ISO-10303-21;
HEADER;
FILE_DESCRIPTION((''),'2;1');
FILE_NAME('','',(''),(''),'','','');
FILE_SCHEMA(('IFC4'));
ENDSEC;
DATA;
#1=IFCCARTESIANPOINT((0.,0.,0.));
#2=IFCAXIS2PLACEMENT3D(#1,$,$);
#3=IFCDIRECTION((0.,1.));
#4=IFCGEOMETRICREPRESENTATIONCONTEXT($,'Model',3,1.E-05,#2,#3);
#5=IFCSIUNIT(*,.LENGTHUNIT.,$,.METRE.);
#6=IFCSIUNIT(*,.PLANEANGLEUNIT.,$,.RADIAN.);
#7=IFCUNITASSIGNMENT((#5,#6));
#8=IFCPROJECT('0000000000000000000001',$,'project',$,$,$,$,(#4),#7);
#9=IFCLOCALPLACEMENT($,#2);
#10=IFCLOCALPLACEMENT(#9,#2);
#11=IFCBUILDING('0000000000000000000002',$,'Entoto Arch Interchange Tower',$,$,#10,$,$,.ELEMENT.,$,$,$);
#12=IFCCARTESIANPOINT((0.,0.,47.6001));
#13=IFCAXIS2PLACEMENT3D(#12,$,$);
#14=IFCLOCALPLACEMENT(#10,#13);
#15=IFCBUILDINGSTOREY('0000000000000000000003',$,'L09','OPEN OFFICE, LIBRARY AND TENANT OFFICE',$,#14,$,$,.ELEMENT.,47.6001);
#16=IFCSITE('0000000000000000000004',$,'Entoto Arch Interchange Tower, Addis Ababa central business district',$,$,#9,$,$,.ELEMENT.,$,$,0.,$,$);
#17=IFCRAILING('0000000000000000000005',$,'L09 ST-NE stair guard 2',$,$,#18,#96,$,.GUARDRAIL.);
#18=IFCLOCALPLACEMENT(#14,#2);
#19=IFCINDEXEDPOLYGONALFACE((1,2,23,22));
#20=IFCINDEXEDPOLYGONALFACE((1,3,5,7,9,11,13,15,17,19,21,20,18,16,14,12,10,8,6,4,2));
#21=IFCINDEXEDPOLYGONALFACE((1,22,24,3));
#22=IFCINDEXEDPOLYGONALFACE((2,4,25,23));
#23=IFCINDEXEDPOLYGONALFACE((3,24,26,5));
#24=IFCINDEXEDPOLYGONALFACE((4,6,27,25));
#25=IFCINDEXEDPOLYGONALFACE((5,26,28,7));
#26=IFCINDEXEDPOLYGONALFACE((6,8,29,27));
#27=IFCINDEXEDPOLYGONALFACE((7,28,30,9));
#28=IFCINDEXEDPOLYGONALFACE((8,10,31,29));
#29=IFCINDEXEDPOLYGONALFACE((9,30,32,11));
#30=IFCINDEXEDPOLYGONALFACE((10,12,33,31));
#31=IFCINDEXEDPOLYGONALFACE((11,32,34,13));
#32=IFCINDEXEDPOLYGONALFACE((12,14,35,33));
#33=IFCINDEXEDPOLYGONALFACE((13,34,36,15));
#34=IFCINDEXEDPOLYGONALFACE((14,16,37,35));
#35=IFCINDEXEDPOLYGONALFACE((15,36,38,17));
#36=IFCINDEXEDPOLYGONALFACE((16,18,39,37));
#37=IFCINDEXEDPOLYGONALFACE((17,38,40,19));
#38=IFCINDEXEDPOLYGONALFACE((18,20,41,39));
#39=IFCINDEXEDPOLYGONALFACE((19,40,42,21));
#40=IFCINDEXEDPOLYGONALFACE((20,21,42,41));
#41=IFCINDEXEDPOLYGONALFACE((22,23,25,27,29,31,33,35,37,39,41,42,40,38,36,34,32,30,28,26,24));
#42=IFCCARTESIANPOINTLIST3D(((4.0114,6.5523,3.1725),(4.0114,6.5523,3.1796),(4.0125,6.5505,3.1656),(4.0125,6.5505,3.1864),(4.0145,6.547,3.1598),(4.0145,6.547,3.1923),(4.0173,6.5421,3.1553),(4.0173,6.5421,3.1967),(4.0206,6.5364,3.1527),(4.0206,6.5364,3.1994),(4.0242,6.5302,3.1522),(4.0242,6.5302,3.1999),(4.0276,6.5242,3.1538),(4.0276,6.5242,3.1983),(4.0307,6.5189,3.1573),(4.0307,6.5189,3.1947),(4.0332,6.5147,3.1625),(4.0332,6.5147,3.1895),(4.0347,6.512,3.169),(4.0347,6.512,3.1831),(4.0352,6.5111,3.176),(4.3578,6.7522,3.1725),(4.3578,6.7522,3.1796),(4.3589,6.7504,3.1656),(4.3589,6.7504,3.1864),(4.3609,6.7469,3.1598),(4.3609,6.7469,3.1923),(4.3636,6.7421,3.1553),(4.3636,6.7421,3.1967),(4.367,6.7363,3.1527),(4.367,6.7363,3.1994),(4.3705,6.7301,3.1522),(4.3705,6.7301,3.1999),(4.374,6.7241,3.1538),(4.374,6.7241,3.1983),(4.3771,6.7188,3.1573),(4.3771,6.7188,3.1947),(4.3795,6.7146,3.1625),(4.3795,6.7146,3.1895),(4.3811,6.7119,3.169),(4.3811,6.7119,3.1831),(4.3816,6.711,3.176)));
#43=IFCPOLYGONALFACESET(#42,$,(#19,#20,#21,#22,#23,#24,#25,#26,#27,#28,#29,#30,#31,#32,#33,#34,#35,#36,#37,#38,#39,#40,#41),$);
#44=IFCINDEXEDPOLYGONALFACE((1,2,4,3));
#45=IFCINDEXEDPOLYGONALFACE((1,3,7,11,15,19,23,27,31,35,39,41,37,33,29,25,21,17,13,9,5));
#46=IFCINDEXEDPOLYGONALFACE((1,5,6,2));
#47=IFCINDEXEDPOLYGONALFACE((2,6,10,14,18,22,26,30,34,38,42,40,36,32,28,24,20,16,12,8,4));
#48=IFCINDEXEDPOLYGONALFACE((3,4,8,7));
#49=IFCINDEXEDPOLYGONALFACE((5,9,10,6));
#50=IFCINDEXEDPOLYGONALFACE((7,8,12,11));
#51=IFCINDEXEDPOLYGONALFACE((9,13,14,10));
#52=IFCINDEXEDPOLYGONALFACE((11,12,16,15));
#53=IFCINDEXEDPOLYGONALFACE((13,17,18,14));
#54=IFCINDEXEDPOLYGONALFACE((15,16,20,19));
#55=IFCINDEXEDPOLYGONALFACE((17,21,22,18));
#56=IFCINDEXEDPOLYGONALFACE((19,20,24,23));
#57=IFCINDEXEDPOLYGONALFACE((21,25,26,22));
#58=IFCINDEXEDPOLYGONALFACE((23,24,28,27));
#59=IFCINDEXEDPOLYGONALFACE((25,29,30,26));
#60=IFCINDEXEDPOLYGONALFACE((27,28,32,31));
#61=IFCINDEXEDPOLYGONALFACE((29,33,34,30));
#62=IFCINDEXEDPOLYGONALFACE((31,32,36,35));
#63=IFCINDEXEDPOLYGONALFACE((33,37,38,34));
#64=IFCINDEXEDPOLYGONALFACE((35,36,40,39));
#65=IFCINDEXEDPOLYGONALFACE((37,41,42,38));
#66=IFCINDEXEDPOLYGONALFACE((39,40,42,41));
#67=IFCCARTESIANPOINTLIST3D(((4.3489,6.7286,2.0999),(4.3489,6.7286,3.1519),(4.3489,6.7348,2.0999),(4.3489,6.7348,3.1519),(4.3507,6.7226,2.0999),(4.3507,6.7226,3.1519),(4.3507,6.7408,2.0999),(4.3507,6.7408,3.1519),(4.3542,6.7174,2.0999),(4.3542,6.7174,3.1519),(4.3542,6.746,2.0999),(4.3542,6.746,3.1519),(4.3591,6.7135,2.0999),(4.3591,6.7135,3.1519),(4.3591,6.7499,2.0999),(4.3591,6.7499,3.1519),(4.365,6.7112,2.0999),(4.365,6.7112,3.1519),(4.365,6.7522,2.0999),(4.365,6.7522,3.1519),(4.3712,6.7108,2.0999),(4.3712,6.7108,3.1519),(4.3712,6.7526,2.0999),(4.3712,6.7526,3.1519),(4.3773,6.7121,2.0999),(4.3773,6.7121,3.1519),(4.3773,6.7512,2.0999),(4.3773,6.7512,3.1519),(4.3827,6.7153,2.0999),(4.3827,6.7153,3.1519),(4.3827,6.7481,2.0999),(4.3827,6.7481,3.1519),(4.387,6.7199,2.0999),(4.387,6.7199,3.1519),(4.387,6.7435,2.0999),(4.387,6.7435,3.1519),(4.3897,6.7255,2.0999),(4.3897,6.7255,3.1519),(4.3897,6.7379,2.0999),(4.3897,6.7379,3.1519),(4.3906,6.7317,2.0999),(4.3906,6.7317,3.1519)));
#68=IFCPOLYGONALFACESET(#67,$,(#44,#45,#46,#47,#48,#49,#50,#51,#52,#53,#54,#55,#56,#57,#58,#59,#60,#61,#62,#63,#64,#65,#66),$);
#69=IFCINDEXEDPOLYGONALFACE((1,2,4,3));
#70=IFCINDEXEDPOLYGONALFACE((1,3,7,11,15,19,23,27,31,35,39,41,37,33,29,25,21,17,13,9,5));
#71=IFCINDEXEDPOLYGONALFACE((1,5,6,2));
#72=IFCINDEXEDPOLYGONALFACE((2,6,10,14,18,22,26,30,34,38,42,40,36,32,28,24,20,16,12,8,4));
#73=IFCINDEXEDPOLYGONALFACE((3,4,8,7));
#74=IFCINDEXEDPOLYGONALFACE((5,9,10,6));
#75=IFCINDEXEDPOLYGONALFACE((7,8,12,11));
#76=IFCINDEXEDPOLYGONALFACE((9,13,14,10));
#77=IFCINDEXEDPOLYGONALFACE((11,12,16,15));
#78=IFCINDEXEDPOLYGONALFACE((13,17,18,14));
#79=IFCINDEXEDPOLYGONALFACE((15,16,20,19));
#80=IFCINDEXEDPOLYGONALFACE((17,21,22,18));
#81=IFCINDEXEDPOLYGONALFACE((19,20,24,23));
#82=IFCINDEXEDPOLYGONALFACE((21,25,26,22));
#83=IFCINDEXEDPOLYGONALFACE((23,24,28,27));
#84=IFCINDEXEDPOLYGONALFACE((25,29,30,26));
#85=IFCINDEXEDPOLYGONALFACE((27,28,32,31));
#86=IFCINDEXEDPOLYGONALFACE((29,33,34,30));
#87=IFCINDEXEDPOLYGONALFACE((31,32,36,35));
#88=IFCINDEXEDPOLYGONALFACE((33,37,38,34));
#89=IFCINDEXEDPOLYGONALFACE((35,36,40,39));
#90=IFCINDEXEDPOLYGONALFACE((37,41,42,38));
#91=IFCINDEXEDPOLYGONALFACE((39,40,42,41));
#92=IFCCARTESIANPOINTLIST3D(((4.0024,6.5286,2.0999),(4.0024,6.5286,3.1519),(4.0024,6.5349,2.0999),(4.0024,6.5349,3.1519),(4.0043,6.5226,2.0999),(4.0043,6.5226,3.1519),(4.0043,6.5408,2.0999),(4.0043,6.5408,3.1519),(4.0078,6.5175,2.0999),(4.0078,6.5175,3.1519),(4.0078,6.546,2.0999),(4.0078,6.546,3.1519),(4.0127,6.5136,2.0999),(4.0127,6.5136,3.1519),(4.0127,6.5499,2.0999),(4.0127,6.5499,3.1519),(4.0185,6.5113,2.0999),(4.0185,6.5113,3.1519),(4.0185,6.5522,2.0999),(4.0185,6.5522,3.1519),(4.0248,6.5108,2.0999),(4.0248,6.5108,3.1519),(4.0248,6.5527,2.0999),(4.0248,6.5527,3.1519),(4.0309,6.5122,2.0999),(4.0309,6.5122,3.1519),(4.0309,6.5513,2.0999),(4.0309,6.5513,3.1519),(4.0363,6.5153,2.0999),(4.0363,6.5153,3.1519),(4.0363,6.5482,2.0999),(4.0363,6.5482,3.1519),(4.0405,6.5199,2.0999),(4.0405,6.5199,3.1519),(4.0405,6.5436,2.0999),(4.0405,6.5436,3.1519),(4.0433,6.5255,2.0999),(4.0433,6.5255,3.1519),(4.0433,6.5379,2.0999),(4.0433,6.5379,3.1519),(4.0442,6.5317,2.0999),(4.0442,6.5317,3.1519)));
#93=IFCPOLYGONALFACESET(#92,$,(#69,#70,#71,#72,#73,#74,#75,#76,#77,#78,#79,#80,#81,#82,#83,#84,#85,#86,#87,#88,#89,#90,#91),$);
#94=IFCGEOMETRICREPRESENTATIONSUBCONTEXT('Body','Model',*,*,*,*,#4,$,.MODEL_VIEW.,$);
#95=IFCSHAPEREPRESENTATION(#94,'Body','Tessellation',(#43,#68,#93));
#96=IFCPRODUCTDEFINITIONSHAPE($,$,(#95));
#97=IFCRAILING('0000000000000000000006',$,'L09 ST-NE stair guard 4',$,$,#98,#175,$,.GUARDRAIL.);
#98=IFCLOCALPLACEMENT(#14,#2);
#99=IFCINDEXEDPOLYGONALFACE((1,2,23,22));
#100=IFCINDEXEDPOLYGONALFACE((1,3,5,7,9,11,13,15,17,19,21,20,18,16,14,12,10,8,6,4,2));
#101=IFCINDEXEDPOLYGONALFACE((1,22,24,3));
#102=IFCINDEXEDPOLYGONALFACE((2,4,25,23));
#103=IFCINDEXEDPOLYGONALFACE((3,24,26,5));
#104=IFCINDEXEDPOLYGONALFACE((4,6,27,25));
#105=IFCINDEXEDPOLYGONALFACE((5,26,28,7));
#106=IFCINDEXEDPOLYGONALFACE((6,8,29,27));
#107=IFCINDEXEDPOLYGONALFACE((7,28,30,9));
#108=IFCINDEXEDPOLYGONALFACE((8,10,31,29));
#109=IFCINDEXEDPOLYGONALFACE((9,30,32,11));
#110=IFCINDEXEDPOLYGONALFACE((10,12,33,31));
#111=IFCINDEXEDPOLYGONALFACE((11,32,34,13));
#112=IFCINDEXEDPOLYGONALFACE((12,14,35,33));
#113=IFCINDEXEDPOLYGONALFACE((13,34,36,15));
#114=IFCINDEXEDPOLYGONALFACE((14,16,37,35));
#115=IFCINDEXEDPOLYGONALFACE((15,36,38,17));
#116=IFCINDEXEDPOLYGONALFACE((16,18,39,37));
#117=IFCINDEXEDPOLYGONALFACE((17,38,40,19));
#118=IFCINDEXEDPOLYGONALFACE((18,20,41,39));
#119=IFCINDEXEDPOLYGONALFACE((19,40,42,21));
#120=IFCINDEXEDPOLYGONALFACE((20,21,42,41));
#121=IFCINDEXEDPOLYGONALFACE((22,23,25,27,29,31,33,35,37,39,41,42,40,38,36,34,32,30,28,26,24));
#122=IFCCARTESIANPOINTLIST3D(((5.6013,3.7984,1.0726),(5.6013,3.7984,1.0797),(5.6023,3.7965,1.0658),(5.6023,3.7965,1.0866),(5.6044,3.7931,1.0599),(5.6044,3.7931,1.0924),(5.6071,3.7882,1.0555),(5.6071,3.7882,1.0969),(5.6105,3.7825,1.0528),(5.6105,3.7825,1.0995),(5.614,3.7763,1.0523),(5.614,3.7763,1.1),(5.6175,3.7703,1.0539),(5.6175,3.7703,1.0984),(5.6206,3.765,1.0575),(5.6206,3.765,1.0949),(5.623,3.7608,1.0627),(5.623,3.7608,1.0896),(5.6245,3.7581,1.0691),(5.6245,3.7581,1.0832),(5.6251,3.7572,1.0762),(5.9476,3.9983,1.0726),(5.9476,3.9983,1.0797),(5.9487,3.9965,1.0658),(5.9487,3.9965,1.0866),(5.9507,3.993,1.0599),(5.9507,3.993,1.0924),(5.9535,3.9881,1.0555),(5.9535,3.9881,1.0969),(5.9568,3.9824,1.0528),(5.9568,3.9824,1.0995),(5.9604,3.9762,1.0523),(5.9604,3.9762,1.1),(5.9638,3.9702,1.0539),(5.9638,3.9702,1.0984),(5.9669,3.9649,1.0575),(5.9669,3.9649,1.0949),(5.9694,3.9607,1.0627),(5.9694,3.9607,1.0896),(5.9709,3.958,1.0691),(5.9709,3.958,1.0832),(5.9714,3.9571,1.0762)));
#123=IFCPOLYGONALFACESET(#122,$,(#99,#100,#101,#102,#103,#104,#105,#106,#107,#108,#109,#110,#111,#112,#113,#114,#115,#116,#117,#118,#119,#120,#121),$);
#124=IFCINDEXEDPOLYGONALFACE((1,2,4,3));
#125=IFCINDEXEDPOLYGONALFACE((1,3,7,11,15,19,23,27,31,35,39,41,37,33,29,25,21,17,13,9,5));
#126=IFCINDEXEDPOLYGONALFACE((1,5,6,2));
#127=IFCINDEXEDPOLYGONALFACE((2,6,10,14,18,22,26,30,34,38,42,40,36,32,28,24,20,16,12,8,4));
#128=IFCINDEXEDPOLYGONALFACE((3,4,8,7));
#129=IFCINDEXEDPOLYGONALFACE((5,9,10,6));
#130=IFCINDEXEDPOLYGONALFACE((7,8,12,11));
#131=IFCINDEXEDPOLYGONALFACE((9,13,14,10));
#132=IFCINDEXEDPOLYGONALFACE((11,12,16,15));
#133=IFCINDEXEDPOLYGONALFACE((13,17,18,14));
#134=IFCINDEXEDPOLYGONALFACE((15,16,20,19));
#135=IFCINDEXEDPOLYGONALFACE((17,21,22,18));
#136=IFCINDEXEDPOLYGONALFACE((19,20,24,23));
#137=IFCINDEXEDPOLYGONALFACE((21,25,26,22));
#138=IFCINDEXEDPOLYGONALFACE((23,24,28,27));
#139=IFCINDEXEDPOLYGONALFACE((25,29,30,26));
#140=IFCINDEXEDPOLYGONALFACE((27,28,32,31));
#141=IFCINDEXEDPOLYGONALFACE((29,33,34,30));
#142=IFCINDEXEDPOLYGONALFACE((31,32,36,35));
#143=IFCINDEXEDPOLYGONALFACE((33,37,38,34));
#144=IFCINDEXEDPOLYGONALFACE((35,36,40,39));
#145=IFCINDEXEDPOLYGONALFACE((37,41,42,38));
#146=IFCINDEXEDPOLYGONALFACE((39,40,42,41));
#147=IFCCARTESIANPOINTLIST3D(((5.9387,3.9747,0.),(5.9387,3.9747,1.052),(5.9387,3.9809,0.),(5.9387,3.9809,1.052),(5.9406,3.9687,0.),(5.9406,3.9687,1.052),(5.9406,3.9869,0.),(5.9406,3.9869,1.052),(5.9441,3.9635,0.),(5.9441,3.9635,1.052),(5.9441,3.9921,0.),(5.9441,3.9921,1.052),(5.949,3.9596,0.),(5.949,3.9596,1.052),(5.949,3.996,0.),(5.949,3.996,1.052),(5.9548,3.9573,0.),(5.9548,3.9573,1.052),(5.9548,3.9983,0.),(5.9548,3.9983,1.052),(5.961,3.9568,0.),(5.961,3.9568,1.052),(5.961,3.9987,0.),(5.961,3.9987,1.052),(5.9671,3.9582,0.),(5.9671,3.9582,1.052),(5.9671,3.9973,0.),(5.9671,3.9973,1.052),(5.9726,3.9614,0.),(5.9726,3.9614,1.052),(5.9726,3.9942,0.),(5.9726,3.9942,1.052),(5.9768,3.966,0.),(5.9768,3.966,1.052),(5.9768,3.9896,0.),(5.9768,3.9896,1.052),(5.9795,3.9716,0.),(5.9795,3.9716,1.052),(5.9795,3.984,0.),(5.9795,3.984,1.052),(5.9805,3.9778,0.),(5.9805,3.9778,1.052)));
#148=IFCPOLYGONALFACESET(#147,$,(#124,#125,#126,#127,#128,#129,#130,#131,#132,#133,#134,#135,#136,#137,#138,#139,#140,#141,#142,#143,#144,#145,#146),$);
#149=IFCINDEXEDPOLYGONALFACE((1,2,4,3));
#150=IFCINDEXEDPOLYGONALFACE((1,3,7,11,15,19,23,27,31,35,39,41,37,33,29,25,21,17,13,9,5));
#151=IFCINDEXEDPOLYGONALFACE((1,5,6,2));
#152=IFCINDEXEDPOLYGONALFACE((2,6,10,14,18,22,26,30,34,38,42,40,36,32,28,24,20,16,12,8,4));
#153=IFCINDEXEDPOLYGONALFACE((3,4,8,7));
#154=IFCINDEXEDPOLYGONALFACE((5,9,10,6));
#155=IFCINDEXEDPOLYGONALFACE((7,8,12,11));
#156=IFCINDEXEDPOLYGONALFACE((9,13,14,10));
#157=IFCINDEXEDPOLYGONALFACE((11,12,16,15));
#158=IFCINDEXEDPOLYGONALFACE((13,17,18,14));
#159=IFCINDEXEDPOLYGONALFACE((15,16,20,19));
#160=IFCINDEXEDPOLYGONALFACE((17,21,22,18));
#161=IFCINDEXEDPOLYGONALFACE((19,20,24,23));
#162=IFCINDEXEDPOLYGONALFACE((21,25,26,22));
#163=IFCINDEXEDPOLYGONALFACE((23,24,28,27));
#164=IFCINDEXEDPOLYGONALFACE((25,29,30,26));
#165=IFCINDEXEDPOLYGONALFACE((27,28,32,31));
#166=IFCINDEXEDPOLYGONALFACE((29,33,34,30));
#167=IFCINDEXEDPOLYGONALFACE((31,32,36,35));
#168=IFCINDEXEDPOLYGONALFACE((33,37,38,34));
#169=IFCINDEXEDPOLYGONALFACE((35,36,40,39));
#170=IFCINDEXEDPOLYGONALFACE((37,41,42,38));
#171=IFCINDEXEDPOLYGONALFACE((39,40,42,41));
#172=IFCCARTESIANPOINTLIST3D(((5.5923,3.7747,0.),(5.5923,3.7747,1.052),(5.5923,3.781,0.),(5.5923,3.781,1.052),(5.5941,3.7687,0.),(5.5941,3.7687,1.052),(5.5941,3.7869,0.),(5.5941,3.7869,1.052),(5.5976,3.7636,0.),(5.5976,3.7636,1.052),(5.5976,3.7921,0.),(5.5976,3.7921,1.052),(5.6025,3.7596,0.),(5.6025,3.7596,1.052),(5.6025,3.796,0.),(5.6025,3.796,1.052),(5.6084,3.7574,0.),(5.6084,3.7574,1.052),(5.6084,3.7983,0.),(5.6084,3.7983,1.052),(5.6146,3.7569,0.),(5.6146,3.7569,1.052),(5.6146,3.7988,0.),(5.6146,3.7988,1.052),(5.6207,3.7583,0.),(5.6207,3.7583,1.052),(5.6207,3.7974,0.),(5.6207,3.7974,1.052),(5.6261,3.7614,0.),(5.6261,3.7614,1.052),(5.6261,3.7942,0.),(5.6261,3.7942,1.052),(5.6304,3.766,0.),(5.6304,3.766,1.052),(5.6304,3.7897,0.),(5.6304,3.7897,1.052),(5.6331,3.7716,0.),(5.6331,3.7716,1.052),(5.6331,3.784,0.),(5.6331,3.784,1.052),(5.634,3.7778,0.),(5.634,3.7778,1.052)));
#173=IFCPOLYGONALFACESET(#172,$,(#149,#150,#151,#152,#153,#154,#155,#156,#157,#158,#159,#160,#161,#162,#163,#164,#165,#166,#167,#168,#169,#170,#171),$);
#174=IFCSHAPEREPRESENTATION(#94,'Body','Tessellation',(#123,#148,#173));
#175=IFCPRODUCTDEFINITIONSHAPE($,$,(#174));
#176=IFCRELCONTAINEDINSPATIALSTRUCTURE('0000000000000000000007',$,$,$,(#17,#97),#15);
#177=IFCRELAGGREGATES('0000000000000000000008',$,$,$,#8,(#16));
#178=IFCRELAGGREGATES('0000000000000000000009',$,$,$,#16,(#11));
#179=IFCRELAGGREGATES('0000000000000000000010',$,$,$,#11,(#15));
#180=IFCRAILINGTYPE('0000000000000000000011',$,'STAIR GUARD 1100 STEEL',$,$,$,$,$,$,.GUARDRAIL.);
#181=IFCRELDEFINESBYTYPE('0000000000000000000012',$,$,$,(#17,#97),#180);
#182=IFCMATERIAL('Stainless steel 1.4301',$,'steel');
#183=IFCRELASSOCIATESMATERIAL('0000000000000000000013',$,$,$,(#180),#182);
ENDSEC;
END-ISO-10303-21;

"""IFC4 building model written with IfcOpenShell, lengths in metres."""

from ifc_helpers import new_model, si_unit, direction, frame, origin, origin_2d, place, context, subcontext, project, spatial, circle, extrude, material, type_object, element, save


model = new_model("IFC4")

# Units and contexts
model_context = context("Model", 3, precision=1e-05, world=origin(), true_north=direction((0.0, 1.0)))
body_context = subcontext(model_context, "Body", "Model", "MODEL_VIEW")
ifc_project = project(units=[si_unit("LENGTHUNIT", "METRE"), si_unit("PLANEANGLEUNIT", "RADIAN")], contexts=[model_context])

# Site, building, storey
site_placement = place(None, origin())
site = spatial("IfcSite", under=ifc_project, at=site_placement, Name="Entoto Arch Interchange Tower, Addis Ababa central business district", CompositionType="ELEMENT", RefElevation=0.0)
building_placement = place(site_placement, origin())
building = spatial("IfcBuilding", under=site, at=building_placement, Name="Entoto Arch Interchange Tower", CompositionType="ELEMENT")
storey_placement = place(building_placement, frame((0.0, 0.0, 47.6001)))
storey = spatial("IfcBuildingStorey", under=building, at=storey_placement, Name="L09", Description="OPEN OFFICE, LIBRARY AND TENANT OFFICE", CompositionType="ELEMENT", Elevation=47.6001)

# Railings
ifc_material_1 = material(Name="Stainless steel 1.4301", Category="steel")
railing_type_1 = type_object("IfcRailingType", Name="STAIR GUARD 1100 STEEL", PredefinedType="GUARDRAIL", material=ifc_material_1)
for number, where, name in (
    (1, (4.3696, 6.7317, 2.0999), "L09 ST-NE stair guard 2"),
    (2, (5.9595, 3.9778, 0.0), "L09 ST-NE stair guard 4"),
):
    element("IfcRailing", number, at=place(storey_placement, frame(where)), inside=storey, type_object=railing_type_1, Name=name, PredefinedType="GUARDRAIL", context=body_context, shape_type="SweptSolid", body=[
        extrude(circle(Radius=0.0239, at=origin_2d()), frame((0.0, 0.0, 1.0762), z_axis=(-0.866094, -0.499881, 0.0), x_axis=(0.499881, -0.866094, 0.0)), (0.0, 0.0, 1.0), 0.3999),
        extrude(circle(Radius=0.021, at=origin_2d()), origin(), (0.0, 0.0, 1.0), 1.052),
        extrude(circle(Radius=0.021, at=origin_2d()), frame((-0.3464, -0.2, 0.0)), (0.0, 0.0, 1.0), 1.052),
    ])

save(model, "model.ifc")
